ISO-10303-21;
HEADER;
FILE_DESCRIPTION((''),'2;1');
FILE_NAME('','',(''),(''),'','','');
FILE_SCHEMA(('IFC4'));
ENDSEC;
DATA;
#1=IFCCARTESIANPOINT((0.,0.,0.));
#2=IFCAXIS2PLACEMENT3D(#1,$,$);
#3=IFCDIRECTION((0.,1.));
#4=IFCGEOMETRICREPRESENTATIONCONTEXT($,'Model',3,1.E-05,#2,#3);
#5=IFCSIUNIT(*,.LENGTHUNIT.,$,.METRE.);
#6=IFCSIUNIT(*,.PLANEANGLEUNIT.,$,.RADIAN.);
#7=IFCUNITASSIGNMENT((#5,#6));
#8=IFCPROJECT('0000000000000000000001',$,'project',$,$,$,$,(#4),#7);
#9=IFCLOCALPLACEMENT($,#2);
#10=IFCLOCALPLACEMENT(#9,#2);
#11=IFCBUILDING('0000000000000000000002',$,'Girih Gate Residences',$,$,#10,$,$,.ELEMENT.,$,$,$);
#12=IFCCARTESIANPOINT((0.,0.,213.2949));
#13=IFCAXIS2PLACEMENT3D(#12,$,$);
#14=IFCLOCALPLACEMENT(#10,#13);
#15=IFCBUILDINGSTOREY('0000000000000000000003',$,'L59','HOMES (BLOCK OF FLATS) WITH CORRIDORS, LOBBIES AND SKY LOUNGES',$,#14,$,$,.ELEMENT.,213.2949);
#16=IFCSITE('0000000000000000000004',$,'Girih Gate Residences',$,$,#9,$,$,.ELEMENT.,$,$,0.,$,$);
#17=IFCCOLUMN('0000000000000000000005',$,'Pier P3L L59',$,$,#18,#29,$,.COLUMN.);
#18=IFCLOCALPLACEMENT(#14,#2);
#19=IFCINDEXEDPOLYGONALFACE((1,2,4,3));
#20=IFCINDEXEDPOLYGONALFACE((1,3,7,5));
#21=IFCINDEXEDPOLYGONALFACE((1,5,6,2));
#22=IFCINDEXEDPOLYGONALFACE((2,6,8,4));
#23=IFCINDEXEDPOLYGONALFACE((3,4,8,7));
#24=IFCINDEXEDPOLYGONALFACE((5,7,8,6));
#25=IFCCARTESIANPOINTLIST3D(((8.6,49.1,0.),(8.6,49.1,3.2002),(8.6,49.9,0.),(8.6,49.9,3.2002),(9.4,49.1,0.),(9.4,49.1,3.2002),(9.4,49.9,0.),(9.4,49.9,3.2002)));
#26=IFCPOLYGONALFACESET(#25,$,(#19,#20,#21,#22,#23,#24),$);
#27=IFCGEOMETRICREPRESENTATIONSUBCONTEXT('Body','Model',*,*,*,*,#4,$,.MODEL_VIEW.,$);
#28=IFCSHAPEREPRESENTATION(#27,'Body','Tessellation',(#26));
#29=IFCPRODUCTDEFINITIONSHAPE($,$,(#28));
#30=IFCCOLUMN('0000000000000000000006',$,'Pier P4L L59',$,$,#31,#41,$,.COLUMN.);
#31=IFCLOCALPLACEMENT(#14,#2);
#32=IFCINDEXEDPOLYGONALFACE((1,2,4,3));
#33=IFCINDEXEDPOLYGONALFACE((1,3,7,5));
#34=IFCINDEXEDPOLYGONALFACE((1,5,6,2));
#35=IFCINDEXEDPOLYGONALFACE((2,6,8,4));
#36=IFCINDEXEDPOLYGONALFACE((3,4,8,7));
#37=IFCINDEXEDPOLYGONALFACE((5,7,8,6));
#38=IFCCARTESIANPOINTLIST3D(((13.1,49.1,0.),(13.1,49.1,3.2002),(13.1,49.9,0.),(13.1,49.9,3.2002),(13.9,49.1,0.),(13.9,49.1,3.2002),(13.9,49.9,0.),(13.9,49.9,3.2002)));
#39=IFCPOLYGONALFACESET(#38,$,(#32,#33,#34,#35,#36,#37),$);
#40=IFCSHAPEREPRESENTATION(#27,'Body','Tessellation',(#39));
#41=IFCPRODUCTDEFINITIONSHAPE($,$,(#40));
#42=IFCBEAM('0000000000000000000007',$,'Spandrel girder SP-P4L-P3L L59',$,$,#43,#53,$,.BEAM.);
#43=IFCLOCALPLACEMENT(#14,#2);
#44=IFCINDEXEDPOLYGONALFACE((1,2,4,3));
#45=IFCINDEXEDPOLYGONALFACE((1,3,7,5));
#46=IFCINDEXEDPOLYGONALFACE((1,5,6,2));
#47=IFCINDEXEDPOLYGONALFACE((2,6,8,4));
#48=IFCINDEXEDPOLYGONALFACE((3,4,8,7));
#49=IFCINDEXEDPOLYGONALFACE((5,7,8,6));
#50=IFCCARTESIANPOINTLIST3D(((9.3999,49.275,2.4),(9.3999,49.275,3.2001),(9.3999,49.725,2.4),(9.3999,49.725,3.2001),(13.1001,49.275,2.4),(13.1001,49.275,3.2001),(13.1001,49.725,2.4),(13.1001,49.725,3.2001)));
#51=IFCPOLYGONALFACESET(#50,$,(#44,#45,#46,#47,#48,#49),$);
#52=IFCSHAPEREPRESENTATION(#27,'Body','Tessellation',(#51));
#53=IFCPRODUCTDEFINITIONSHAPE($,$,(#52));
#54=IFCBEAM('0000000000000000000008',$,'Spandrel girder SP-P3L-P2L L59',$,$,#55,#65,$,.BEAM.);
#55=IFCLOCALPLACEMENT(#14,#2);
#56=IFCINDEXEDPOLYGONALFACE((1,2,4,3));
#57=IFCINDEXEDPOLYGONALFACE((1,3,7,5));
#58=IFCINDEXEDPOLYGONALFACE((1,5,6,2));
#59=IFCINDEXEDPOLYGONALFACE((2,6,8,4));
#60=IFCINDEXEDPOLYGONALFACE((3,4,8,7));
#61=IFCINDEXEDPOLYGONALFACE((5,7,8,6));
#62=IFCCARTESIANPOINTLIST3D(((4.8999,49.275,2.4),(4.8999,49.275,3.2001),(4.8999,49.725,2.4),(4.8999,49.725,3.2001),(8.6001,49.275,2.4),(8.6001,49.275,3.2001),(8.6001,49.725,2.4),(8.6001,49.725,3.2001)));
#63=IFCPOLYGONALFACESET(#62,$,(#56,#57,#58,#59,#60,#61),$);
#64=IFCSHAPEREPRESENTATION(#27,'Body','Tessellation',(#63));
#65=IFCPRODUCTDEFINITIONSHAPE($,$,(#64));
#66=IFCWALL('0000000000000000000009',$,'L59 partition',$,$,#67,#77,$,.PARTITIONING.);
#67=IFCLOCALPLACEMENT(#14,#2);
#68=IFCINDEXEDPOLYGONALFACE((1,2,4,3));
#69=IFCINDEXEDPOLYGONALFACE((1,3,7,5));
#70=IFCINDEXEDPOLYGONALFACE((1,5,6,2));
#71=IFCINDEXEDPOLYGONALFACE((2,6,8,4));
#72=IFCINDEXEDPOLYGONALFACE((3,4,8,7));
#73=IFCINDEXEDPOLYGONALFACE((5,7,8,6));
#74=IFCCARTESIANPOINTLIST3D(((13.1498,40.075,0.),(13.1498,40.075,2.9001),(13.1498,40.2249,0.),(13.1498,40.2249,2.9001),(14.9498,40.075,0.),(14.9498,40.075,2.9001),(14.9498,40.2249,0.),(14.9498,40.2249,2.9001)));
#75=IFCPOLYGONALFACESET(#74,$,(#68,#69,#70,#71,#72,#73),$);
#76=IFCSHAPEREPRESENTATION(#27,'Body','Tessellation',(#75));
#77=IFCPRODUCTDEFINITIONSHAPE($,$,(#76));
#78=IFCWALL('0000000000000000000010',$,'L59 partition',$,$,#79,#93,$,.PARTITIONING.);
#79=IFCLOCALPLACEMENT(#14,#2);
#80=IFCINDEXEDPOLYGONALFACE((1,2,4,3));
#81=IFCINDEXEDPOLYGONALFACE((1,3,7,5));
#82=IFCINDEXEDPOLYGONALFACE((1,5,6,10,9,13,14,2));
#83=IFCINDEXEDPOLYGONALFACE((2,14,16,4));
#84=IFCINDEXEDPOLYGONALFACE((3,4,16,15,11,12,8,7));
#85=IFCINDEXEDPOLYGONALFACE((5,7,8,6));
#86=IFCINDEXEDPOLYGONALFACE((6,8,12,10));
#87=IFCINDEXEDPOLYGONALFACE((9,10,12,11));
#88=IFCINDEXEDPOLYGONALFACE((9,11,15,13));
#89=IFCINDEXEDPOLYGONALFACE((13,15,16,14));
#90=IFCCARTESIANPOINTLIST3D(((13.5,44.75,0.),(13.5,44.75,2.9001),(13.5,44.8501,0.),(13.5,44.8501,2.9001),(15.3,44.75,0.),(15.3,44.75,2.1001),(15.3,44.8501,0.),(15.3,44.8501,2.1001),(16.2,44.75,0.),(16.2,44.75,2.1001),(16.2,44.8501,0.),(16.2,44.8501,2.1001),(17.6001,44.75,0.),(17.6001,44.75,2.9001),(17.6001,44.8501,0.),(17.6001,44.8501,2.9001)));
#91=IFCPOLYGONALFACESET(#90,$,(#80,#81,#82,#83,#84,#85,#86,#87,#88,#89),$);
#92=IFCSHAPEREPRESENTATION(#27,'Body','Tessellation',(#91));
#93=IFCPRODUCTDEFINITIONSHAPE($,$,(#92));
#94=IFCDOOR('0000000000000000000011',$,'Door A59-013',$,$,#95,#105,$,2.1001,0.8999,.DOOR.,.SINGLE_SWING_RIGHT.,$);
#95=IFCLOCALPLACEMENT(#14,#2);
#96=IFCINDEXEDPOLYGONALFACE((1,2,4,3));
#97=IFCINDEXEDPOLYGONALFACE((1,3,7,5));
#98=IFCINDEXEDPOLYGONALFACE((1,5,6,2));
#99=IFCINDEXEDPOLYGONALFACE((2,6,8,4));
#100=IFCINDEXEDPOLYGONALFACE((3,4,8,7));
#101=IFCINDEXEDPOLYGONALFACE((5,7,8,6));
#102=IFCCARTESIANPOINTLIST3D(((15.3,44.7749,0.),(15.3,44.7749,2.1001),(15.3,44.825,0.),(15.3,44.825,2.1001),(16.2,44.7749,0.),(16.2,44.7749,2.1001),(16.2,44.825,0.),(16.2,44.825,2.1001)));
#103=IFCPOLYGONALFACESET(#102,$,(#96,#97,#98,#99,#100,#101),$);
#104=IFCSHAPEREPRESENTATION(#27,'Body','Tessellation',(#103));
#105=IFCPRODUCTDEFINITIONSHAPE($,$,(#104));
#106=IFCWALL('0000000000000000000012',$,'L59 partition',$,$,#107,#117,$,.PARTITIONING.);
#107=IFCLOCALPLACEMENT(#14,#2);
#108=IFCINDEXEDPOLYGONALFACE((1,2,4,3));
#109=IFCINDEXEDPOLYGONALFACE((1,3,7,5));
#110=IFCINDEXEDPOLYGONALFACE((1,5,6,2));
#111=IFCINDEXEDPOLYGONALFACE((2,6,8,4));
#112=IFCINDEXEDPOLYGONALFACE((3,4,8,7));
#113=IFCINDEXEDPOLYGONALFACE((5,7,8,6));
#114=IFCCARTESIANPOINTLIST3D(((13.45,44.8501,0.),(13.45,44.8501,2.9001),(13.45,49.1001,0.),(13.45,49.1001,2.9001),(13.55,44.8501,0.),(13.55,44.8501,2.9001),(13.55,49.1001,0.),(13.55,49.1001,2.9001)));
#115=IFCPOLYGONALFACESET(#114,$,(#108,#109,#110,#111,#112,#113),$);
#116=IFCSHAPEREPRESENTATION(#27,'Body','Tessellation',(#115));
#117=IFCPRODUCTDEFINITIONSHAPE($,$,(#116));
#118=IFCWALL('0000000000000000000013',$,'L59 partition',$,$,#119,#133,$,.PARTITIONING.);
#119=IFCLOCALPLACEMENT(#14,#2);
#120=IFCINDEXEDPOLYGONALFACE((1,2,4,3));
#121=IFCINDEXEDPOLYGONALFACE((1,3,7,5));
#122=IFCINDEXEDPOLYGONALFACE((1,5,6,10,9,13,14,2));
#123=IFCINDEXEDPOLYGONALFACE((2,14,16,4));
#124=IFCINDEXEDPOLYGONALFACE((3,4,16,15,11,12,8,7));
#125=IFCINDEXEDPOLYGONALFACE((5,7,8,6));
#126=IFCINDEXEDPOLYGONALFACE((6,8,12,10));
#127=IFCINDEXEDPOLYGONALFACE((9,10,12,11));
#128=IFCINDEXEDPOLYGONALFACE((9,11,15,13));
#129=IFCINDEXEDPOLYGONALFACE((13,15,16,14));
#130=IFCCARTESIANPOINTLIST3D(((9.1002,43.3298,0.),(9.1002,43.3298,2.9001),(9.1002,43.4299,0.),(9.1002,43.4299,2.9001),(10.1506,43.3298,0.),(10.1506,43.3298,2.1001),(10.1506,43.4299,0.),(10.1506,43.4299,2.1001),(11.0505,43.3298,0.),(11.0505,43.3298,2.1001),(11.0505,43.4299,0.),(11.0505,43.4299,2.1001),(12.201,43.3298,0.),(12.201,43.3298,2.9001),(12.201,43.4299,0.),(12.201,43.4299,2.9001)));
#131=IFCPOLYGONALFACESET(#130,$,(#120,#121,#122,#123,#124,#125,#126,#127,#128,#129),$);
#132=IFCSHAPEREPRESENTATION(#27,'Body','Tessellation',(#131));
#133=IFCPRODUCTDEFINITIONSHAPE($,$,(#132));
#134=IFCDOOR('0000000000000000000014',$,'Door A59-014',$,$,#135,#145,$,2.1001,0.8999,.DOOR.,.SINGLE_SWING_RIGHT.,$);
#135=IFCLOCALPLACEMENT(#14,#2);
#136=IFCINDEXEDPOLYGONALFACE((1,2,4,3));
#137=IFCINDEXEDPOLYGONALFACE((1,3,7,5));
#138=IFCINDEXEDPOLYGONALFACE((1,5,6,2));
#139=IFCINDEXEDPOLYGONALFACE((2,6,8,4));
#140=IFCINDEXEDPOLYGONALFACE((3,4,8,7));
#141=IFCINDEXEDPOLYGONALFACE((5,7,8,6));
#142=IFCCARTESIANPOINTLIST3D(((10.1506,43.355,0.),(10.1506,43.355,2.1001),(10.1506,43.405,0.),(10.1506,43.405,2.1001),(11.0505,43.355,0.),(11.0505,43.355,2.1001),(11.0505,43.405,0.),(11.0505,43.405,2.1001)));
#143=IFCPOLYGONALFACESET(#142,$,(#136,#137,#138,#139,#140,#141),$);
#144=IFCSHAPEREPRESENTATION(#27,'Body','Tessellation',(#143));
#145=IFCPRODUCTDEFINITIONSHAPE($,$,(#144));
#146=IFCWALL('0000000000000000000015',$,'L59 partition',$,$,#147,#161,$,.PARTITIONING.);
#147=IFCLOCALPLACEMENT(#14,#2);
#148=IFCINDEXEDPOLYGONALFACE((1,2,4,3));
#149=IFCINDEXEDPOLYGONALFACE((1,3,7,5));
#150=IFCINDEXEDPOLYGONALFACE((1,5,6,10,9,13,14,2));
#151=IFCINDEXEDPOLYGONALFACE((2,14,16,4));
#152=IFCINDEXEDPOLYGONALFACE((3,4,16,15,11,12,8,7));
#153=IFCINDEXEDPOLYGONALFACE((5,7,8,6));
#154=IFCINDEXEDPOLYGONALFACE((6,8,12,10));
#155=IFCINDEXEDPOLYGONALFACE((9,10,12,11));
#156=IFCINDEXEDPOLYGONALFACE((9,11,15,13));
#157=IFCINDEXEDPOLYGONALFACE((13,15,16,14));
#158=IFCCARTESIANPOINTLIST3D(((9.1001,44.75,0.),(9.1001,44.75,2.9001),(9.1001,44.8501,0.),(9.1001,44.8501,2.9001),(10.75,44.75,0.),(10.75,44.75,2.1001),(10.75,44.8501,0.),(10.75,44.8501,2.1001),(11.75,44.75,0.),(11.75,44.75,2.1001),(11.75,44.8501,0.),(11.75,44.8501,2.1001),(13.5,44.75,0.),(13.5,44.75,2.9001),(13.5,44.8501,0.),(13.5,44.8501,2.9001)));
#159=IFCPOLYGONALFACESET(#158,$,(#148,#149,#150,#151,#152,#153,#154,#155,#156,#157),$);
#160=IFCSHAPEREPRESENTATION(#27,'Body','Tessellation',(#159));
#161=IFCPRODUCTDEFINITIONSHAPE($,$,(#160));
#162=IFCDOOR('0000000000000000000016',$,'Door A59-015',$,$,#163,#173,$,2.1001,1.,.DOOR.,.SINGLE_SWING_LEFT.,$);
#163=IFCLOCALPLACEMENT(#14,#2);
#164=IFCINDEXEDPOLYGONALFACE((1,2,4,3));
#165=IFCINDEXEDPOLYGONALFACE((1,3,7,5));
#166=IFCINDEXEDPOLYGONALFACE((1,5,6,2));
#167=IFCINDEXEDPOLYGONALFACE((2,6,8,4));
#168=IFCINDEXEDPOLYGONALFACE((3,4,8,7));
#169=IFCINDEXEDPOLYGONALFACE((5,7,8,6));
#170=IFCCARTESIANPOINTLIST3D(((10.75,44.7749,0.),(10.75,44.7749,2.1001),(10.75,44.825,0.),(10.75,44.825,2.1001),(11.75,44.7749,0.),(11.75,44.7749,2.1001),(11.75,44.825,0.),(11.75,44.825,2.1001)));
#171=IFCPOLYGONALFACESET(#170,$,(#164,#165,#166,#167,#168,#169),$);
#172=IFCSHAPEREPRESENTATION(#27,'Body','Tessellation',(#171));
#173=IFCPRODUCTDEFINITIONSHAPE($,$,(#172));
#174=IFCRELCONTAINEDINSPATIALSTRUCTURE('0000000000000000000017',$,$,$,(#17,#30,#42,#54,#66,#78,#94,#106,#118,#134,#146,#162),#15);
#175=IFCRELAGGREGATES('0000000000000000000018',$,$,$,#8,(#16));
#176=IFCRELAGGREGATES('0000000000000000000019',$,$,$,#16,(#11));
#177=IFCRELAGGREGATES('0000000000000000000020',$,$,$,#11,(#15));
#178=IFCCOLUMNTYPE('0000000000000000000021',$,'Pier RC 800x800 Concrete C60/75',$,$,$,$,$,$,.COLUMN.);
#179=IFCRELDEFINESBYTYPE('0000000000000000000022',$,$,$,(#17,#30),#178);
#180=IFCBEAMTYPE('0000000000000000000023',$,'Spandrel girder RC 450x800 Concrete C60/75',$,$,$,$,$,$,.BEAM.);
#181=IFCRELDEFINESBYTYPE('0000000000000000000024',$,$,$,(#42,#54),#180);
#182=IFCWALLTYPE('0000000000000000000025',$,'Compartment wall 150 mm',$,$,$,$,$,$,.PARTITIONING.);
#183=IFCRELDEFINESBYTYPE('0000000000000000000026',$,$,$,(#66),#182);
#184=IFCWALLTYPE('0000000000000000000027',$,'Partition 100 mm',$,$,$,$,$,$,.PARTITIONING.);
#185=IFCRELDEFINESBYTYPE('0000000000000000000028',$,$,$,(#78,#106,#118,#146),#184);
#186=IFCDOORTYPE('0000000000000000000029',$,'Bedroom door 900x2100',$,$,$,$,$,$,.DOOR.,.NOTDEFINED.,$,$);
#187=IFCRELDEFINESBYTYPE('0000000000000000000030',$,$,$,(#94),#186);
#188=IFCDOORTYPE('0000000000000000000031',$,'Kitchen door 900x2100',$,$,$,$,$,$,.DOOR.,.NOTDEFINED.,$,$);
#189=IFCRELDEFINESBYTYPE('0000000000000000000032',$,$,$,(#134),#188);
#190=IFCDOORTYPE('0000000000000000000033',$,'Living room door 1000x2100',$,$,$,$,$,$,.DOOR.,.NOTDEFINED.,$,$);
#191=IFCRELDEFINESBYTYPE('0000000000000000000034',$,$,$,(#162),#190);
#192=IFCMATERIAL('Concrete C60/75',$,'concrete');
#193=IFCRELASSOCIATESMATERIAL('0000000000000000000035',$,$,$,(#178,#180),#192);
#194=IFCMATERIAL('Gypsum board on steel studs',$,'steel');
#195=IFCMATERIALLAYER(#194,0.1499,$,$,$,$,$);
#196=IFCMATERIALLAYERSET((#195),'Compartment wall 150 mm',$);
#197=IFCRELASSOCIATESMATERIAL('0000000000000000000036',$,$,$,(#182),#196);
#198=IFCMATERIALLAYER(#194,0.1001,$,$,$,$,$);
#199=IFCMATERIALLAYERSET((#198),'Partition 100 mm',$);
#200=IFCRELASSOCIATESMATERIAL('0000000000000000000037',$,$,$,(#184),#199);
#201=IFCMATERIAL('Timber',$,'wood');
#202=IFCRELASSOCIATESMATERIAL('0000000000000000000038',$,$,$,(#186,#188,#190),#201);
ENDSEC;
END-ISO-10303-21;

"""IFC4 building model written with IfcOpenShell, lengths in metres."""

from ifc_helpers import new_model, si_unit, direction, frame, frame_2d, origin, origin_2d, place, context, subcontext, project, spatial, rectangle, extrude, material, layer, layer_set, material_profile, profile_set, type_object, element, fill, save


model = new_model("IFC4")

# Units and contexts
model_context = context("Model", 3, precision=1e-05, world=origin(), true_north=direction((0.0, 1.0)))
body_context = subcontext(model_context, "Body", "Model", "MODEL_VIEW")
ifc_project = project(units=[si_unit("LENGTHUNIT", "METRE"), si_unit("PLANEANGLEUNIT", "RADIAN")], contexts=[model_context])

# Site, building, storey
site_placement = place(None, origin())
site = spatial("IfcSite", under=ifc_project, at=site_placement, Name="Girih Gate Residences", CompositionType="ELEMENT", RefElevation=0.0)
building_placement = place(site_placement, origin())
building = spatial("IfcBuilding", under=site, at=building_placement, Name="Girih Gate Residences", CompositionType="ELEMENT")
storey_placement = place(building_placement, frame((0.0, 0.0, 213.2949)))
storey = spatial("IfcBuildingStorey", under=building, at=storey_placement, Name="L59", Description="HOMES (BLOCK OF FLATS) WITH CORRIDORS, LOBBIES AND SKY LOUNGES", CompositionType="ELEMENT", Elevation=213.2949)

# Columns
ifc_material_1 = material(Name="Concrete C60/75", Category="concrete")
ifc_material_profile_1 = material_profile(ifc_material_1, rectangle(XDim=0.8, YDim=0.8, at=origin_2d()))
ifc_profile_set_1 = profile_set([ifc_material_profile_1], Name="Concrete C60/75")
column_type = type_object("IfcColumnType", Name="Pier RC 800x800 Concrete C60/75", PredefinedType="COLUMN", material=ifc_profile_set_1)
for number, where, z_axis, x_axis, name in (
    (1, (9.0, 49.5, 0.0), (0.0, 0.0, 1.0), (1.0, 0.0, 0.0), "Pier P3L L59"),
    (2, (13.5, 49.5, 0.0), (0.0, 0.0, 1.0), (1.0, 0.0, 0.0), "Pier P4L L59"),
):
    element("IfcColumn", number, at=place(storey_placement, frame(where, z_axis=z_axis, x_axis=x_axis)), inside=storey, type_object=column_type, Name=name, PredefinedType="COLUMN", context=body_context, shape_type="SweptSolid", body=[
        extrude(rectangle(XDim=0.8, YDim=0.8, at=origin_2d()), origin(), (0.0, 0.0, 1.0), 3.2002),
    ])

# Beams
ifc_material_profile_2 = material_profile(ifc_material_1, rectangle(XDim=0.45, YDim=0.8, at=origin_2d()))
ifc_profile_set_2 = profile_set([ifc_material_profile_2], Name="Concrete C60/75")
beam_type = type_object("IfcBeamType", Name="Spandrel girder RC 450x800 Concrete C60/75", PredefinedType="BEAM", material=ifc_profile_set_2)
for number, where, z_axis, x_axis, name in (
    (3, (13.1001, 49.5, 2.8), (-1.0, 0.0, 0.0), (0.0, -1.0, 0.0), "Spandrel girder SP-P4L-P3L L59"),
    (4, (8.6001, 49.5, 2.8), (-1.0, 0.0, 0.0), (0.0, -1.0, 0.0), "Spandrel girder SP-P3L-P2L L59"),
):
    element("IfcBeam", number, at=place(storey_placement, frame(where, z_axis=z_axis, x_axis=x_axis)), inside=storey, type_object=beam_type, Name=name, PredefinedType="BEAM", context=body_context, shape_type="SweptSolid", body=[
        extrude(rectangle(XDim=0.45, YDim=0.8, at=origin_2d()), origin(), (0.0, 0.0, 1.0), 3.7002),
    ])

# Wall
ifc_material_2 = material(Name="Gypsum board on steel studs", Category="steel")
ifc_layer_1 = layer(ifc_material_2, 0.1499)
ifc_layer_set_1 = layer_set([ifc_layer_1], Name="Compartment wall 150 mm")
wall_type_1 = type_object("IfcWallType", Name="Compartment wall 150 mm", PredefinedType="PARTITIONING", material=ifc_layer_set_1)
wall_1_placement = place(storey_placement, frame((13.1499, 40.1499, 0.0), z_axis=(0.0, 0.0, 1.0), x_axis=(1.0, 0.0, 0.0)))
element("IfcWall", 5, at=wall_1_placement, inside=storey, type_object=wall_type_1, Name="L59 partition", PredefinedType="PARTITIONING", context=body_context, shape_type="SweptSolid", body=[
    extrude(rectangle(XDim=1.8, YDim=0.1499, at=frame_2d((0.8999, 0.0))), origin(), (0.0, 0.0, 1.0), 2.9001),
])

# Wall, opening, door
ifc_layer_2 = layer(ifc_material_2, 0.1001)
ifc_layer_set_2 = layer_set([ifc_layer_2], Name="Partition 100 mm")
wall_type_2 = type_object("IfcWallType", Name="Partition 100 mm", PredefinedType="PARTITIONING", material=ifc_layer_set_2)
wall_2_placement = place(storey_placement, frame((13.5, 44.8, 0.0), z_axis=(0.0, 0.0, 1.0), x_axis=(1.0, 0.0, 0.0)))
wall_2 = element("IfcWall", 6, at=wall_2_placement, inside=storey, type_object=wall_type_2, Name="L59 partition", PredefinedType="PARTITIONING", context=body_context, shape_type="SweptSolid", body=[
    extrude(rectangle(XDim=4.1001, YDim=0.1001, at=frame_2d((2.05, 0.0))), origin(), (0.0, 0.0, 1.0), 2.9001),
])
opening_1_placement = place(wall_2_placement, frame((1.8, 0.0, 0.0)))
opening_1 = element("IfcOpeningElement", 7, at=opening_1_placement, cuts=wall_2, PredefinedType="OPENING", context=body_context, shape_type="SweptSolid", body=[
    extrude(rectangle(XDim=0.8999, YDim=2.1001, at=frame_2d((0.45, 1.05))), frame((0.0, 0.0601, 0.0), z_axis=(0.0, -1.0, 0.0), x_axis=(1.0, 0.0, 0.0)), (0.0, 0.0, 1.0), 0.1201),
])
ifc_material_3 = material(Name="Timber", Category="wood")
door_type_1 = type_object("IfcDoorType", Name="Bedroom door 900x2100", OperationType="NOTDEFINED", PredefinedType="DOOR", material=ifc_material_3)
door_1_placement = place(opening_1_placement, origin())
door_1 = element("IfcDoor", 8, at=door_1_placement, inside=storey, type_object=door_type_1, Name="Door A59-013", OperationType="SINGLE_SWING_RIGHT", OverallHeight=2.1001, OverallWidth=0.8999, PredefinedType="DOOR", context=body_context, shape_type="SweptSolid", body=[
    extrude(rectangle(XDim=0.8999, YDim=2.1001, at=frame_2d((0.45, 1.05))), frame((0.0, 0.0249, 0.0), z_axis=(0.0, -1.0, 0.0), x_axis=(1.0, 0.0, 0.0)), (0.0, 0.0, 1.0), 0.05),
])
fill(opening_1, door_1)

# Wall
wall_3_placement = place(storey_placement, frame((13.5, 44.8501, 0.0), z_axis=(0.0, 0.0, 1.0), x_axis=(0.0, 1.0, 0.0)))
element("IfcWall", 9, at=wall_3_placement, inside=storey, type_object=wall_type_2, Name="L59 partition", PredefinedType="PARTITIONING", context=body_context, shape_type="SweptSolid", body=[
    extrude(rectangle(XDim=4.25, YDim=0.1001, at=frame_2d((2.125, 0.0))), origin(), (0.0, 0.0, 1.0), 2.9001),
])

# Walls, openings, doors
wall_4_placement = place(storey_placement, frame((12.2009, 43.3799, 0.0), z_axis=(0.0, 0.0, 1.0), x_axis=(-1.0, 0.0, 0.0)))
wall_4 = element("IfcWall", 10, at=wall_4_placement, inside=storey, type_object=wall_type_2, Name="L59 partition", PredefinedType="PARTITIONING", context=body_context, shape_type="SweptSolid", body=[
    extrude(rectangle(XDim=3.1008, YDim=0.1001, at=frame_2d((1.5503, 0.0))), origin(), (0.0, 0.0, 1.0), 2.9001),
])
opening_2_placement = place(wall_4_placement, frame((1.1504, 0.0, 0.0)))
opening_2 = element("IfcOpeningElement", 11, at=opening_2_placement, cuts=wall_4, PredefinedType="OPENING", context=body_context, shape_type="SweptSolid", body=[
    extrude(rectangle(XDim=0.8999, YDim=2.1001, at=frame_2d((0.45, 1.05))), frame((0.0, 0.0601, 0.0), z_axis=(0.0, -1.0, 0.0), x_axis=(1.0, 0.0, 0.0)), (0.0, 0.0, 1.0), 0.1201),
])
door_type_2 = type_object("IfcDoorType", Name="Kitchen door 900x2100", OperationType="NOTDEFINED", PredefinedType="DOOR", material=ifc_material_3)
door_2_placement = place(opening_2_placement, origin())
door_2 = element("IfcDoor", 12, at=door_2_placement, inside=storey, type_object=door_type_2, Name="Door A59-014", OperationType="SINGLE_SWING_RIGHT", OverallHeight=2.1001, OverallWidth=0.8999, PredefinedType="DOOR", context=body_context, shape_type="SweptSolid", body=[
    extrude(rectangle(XDim=0.8999, YDim=2.1001, at=frame_2d((0.45, 1.05))), frame((0.0, 0.0249, 0.0), z_axis=(0.0, -1.0, 0.0), x_axis=(1.0, 0.0, 0.0)), (0.0, 0.0, 1.0), 0.05),
])
fill(opening_2, door_2)
wall_5_placement = place(storey_placement, frame((9.1001, 44.8, 0.0), z_axis=(0.0, 0.0, 1.0), x_axis=(1.0, 0.0, 0.0)))
wall_5 = element("IfcWall", 13, at=wall_5_placement, inside=storey, type_object=wall_type_2, Name="L59 partition", PredefinedType="PARTITIONING", context=body_context, shape_type="SweptSolid", body=[
    extrude(rectangle(XDim=4.3999, YDim=0.1001, at=frame_2d((2.2, 0.0))), origin(), (0.0, 0.0, 1.0), 2.9001),
])
opening_3_placement = place(wall_5_placement, frame((1.6499, 0.0, 0.0)))
opening_3 = element("IfcOpeningElement", 14, at=opening_3_placement, cuts=wall_5, PredefinedType="OPENING", context=body_context, shape_type="SweptSolid", body=[
    extrude(rectangle(XDim=1.0, YDim=2.1001, at=frame_2d((0.5, 1.05))), frame((0.0, 0.0601, 0.0), z_axis=(0.0, -1.0, 0.0), x_axis=(1.0, 0.0, 0.0)), (0.0, 0.0, 1.0), 0.1201),
])
door_type_3 = type_object("IfcDoorType", Name="Living room door 1000x2100", OperationType="NOTDEFINED", PredefinedType="DOOR", material=ifc_material_3)
door_3_placement = place(opening_3_placement, origin())
door_3 = element("IfcDoor", 15, at=door_3_placement, inside=storey, type_object=door_type_3, Name="Door A59-015", OperationType="SINGLE_SWING_LEFT", OverallHeight=2.1001, OverallWidth=1.0, PredefinedType="DOOR", context=body_context, shape_type="SweptSolid", body=[
    extrude(rectangle(XDim=1.0, YDim=2.1001, at=frame_2d((0.5, 1.05))), frame((0.0, 0.0249, 0.0), z_axis=(0.0, -1.0, 0.0), x_axis=(1.0, 0.0, 0.0)), (0.0, 0.0, 1.0), 0.05),
])
fill(opening_3, door_3)

save(model, "model.ifc")
